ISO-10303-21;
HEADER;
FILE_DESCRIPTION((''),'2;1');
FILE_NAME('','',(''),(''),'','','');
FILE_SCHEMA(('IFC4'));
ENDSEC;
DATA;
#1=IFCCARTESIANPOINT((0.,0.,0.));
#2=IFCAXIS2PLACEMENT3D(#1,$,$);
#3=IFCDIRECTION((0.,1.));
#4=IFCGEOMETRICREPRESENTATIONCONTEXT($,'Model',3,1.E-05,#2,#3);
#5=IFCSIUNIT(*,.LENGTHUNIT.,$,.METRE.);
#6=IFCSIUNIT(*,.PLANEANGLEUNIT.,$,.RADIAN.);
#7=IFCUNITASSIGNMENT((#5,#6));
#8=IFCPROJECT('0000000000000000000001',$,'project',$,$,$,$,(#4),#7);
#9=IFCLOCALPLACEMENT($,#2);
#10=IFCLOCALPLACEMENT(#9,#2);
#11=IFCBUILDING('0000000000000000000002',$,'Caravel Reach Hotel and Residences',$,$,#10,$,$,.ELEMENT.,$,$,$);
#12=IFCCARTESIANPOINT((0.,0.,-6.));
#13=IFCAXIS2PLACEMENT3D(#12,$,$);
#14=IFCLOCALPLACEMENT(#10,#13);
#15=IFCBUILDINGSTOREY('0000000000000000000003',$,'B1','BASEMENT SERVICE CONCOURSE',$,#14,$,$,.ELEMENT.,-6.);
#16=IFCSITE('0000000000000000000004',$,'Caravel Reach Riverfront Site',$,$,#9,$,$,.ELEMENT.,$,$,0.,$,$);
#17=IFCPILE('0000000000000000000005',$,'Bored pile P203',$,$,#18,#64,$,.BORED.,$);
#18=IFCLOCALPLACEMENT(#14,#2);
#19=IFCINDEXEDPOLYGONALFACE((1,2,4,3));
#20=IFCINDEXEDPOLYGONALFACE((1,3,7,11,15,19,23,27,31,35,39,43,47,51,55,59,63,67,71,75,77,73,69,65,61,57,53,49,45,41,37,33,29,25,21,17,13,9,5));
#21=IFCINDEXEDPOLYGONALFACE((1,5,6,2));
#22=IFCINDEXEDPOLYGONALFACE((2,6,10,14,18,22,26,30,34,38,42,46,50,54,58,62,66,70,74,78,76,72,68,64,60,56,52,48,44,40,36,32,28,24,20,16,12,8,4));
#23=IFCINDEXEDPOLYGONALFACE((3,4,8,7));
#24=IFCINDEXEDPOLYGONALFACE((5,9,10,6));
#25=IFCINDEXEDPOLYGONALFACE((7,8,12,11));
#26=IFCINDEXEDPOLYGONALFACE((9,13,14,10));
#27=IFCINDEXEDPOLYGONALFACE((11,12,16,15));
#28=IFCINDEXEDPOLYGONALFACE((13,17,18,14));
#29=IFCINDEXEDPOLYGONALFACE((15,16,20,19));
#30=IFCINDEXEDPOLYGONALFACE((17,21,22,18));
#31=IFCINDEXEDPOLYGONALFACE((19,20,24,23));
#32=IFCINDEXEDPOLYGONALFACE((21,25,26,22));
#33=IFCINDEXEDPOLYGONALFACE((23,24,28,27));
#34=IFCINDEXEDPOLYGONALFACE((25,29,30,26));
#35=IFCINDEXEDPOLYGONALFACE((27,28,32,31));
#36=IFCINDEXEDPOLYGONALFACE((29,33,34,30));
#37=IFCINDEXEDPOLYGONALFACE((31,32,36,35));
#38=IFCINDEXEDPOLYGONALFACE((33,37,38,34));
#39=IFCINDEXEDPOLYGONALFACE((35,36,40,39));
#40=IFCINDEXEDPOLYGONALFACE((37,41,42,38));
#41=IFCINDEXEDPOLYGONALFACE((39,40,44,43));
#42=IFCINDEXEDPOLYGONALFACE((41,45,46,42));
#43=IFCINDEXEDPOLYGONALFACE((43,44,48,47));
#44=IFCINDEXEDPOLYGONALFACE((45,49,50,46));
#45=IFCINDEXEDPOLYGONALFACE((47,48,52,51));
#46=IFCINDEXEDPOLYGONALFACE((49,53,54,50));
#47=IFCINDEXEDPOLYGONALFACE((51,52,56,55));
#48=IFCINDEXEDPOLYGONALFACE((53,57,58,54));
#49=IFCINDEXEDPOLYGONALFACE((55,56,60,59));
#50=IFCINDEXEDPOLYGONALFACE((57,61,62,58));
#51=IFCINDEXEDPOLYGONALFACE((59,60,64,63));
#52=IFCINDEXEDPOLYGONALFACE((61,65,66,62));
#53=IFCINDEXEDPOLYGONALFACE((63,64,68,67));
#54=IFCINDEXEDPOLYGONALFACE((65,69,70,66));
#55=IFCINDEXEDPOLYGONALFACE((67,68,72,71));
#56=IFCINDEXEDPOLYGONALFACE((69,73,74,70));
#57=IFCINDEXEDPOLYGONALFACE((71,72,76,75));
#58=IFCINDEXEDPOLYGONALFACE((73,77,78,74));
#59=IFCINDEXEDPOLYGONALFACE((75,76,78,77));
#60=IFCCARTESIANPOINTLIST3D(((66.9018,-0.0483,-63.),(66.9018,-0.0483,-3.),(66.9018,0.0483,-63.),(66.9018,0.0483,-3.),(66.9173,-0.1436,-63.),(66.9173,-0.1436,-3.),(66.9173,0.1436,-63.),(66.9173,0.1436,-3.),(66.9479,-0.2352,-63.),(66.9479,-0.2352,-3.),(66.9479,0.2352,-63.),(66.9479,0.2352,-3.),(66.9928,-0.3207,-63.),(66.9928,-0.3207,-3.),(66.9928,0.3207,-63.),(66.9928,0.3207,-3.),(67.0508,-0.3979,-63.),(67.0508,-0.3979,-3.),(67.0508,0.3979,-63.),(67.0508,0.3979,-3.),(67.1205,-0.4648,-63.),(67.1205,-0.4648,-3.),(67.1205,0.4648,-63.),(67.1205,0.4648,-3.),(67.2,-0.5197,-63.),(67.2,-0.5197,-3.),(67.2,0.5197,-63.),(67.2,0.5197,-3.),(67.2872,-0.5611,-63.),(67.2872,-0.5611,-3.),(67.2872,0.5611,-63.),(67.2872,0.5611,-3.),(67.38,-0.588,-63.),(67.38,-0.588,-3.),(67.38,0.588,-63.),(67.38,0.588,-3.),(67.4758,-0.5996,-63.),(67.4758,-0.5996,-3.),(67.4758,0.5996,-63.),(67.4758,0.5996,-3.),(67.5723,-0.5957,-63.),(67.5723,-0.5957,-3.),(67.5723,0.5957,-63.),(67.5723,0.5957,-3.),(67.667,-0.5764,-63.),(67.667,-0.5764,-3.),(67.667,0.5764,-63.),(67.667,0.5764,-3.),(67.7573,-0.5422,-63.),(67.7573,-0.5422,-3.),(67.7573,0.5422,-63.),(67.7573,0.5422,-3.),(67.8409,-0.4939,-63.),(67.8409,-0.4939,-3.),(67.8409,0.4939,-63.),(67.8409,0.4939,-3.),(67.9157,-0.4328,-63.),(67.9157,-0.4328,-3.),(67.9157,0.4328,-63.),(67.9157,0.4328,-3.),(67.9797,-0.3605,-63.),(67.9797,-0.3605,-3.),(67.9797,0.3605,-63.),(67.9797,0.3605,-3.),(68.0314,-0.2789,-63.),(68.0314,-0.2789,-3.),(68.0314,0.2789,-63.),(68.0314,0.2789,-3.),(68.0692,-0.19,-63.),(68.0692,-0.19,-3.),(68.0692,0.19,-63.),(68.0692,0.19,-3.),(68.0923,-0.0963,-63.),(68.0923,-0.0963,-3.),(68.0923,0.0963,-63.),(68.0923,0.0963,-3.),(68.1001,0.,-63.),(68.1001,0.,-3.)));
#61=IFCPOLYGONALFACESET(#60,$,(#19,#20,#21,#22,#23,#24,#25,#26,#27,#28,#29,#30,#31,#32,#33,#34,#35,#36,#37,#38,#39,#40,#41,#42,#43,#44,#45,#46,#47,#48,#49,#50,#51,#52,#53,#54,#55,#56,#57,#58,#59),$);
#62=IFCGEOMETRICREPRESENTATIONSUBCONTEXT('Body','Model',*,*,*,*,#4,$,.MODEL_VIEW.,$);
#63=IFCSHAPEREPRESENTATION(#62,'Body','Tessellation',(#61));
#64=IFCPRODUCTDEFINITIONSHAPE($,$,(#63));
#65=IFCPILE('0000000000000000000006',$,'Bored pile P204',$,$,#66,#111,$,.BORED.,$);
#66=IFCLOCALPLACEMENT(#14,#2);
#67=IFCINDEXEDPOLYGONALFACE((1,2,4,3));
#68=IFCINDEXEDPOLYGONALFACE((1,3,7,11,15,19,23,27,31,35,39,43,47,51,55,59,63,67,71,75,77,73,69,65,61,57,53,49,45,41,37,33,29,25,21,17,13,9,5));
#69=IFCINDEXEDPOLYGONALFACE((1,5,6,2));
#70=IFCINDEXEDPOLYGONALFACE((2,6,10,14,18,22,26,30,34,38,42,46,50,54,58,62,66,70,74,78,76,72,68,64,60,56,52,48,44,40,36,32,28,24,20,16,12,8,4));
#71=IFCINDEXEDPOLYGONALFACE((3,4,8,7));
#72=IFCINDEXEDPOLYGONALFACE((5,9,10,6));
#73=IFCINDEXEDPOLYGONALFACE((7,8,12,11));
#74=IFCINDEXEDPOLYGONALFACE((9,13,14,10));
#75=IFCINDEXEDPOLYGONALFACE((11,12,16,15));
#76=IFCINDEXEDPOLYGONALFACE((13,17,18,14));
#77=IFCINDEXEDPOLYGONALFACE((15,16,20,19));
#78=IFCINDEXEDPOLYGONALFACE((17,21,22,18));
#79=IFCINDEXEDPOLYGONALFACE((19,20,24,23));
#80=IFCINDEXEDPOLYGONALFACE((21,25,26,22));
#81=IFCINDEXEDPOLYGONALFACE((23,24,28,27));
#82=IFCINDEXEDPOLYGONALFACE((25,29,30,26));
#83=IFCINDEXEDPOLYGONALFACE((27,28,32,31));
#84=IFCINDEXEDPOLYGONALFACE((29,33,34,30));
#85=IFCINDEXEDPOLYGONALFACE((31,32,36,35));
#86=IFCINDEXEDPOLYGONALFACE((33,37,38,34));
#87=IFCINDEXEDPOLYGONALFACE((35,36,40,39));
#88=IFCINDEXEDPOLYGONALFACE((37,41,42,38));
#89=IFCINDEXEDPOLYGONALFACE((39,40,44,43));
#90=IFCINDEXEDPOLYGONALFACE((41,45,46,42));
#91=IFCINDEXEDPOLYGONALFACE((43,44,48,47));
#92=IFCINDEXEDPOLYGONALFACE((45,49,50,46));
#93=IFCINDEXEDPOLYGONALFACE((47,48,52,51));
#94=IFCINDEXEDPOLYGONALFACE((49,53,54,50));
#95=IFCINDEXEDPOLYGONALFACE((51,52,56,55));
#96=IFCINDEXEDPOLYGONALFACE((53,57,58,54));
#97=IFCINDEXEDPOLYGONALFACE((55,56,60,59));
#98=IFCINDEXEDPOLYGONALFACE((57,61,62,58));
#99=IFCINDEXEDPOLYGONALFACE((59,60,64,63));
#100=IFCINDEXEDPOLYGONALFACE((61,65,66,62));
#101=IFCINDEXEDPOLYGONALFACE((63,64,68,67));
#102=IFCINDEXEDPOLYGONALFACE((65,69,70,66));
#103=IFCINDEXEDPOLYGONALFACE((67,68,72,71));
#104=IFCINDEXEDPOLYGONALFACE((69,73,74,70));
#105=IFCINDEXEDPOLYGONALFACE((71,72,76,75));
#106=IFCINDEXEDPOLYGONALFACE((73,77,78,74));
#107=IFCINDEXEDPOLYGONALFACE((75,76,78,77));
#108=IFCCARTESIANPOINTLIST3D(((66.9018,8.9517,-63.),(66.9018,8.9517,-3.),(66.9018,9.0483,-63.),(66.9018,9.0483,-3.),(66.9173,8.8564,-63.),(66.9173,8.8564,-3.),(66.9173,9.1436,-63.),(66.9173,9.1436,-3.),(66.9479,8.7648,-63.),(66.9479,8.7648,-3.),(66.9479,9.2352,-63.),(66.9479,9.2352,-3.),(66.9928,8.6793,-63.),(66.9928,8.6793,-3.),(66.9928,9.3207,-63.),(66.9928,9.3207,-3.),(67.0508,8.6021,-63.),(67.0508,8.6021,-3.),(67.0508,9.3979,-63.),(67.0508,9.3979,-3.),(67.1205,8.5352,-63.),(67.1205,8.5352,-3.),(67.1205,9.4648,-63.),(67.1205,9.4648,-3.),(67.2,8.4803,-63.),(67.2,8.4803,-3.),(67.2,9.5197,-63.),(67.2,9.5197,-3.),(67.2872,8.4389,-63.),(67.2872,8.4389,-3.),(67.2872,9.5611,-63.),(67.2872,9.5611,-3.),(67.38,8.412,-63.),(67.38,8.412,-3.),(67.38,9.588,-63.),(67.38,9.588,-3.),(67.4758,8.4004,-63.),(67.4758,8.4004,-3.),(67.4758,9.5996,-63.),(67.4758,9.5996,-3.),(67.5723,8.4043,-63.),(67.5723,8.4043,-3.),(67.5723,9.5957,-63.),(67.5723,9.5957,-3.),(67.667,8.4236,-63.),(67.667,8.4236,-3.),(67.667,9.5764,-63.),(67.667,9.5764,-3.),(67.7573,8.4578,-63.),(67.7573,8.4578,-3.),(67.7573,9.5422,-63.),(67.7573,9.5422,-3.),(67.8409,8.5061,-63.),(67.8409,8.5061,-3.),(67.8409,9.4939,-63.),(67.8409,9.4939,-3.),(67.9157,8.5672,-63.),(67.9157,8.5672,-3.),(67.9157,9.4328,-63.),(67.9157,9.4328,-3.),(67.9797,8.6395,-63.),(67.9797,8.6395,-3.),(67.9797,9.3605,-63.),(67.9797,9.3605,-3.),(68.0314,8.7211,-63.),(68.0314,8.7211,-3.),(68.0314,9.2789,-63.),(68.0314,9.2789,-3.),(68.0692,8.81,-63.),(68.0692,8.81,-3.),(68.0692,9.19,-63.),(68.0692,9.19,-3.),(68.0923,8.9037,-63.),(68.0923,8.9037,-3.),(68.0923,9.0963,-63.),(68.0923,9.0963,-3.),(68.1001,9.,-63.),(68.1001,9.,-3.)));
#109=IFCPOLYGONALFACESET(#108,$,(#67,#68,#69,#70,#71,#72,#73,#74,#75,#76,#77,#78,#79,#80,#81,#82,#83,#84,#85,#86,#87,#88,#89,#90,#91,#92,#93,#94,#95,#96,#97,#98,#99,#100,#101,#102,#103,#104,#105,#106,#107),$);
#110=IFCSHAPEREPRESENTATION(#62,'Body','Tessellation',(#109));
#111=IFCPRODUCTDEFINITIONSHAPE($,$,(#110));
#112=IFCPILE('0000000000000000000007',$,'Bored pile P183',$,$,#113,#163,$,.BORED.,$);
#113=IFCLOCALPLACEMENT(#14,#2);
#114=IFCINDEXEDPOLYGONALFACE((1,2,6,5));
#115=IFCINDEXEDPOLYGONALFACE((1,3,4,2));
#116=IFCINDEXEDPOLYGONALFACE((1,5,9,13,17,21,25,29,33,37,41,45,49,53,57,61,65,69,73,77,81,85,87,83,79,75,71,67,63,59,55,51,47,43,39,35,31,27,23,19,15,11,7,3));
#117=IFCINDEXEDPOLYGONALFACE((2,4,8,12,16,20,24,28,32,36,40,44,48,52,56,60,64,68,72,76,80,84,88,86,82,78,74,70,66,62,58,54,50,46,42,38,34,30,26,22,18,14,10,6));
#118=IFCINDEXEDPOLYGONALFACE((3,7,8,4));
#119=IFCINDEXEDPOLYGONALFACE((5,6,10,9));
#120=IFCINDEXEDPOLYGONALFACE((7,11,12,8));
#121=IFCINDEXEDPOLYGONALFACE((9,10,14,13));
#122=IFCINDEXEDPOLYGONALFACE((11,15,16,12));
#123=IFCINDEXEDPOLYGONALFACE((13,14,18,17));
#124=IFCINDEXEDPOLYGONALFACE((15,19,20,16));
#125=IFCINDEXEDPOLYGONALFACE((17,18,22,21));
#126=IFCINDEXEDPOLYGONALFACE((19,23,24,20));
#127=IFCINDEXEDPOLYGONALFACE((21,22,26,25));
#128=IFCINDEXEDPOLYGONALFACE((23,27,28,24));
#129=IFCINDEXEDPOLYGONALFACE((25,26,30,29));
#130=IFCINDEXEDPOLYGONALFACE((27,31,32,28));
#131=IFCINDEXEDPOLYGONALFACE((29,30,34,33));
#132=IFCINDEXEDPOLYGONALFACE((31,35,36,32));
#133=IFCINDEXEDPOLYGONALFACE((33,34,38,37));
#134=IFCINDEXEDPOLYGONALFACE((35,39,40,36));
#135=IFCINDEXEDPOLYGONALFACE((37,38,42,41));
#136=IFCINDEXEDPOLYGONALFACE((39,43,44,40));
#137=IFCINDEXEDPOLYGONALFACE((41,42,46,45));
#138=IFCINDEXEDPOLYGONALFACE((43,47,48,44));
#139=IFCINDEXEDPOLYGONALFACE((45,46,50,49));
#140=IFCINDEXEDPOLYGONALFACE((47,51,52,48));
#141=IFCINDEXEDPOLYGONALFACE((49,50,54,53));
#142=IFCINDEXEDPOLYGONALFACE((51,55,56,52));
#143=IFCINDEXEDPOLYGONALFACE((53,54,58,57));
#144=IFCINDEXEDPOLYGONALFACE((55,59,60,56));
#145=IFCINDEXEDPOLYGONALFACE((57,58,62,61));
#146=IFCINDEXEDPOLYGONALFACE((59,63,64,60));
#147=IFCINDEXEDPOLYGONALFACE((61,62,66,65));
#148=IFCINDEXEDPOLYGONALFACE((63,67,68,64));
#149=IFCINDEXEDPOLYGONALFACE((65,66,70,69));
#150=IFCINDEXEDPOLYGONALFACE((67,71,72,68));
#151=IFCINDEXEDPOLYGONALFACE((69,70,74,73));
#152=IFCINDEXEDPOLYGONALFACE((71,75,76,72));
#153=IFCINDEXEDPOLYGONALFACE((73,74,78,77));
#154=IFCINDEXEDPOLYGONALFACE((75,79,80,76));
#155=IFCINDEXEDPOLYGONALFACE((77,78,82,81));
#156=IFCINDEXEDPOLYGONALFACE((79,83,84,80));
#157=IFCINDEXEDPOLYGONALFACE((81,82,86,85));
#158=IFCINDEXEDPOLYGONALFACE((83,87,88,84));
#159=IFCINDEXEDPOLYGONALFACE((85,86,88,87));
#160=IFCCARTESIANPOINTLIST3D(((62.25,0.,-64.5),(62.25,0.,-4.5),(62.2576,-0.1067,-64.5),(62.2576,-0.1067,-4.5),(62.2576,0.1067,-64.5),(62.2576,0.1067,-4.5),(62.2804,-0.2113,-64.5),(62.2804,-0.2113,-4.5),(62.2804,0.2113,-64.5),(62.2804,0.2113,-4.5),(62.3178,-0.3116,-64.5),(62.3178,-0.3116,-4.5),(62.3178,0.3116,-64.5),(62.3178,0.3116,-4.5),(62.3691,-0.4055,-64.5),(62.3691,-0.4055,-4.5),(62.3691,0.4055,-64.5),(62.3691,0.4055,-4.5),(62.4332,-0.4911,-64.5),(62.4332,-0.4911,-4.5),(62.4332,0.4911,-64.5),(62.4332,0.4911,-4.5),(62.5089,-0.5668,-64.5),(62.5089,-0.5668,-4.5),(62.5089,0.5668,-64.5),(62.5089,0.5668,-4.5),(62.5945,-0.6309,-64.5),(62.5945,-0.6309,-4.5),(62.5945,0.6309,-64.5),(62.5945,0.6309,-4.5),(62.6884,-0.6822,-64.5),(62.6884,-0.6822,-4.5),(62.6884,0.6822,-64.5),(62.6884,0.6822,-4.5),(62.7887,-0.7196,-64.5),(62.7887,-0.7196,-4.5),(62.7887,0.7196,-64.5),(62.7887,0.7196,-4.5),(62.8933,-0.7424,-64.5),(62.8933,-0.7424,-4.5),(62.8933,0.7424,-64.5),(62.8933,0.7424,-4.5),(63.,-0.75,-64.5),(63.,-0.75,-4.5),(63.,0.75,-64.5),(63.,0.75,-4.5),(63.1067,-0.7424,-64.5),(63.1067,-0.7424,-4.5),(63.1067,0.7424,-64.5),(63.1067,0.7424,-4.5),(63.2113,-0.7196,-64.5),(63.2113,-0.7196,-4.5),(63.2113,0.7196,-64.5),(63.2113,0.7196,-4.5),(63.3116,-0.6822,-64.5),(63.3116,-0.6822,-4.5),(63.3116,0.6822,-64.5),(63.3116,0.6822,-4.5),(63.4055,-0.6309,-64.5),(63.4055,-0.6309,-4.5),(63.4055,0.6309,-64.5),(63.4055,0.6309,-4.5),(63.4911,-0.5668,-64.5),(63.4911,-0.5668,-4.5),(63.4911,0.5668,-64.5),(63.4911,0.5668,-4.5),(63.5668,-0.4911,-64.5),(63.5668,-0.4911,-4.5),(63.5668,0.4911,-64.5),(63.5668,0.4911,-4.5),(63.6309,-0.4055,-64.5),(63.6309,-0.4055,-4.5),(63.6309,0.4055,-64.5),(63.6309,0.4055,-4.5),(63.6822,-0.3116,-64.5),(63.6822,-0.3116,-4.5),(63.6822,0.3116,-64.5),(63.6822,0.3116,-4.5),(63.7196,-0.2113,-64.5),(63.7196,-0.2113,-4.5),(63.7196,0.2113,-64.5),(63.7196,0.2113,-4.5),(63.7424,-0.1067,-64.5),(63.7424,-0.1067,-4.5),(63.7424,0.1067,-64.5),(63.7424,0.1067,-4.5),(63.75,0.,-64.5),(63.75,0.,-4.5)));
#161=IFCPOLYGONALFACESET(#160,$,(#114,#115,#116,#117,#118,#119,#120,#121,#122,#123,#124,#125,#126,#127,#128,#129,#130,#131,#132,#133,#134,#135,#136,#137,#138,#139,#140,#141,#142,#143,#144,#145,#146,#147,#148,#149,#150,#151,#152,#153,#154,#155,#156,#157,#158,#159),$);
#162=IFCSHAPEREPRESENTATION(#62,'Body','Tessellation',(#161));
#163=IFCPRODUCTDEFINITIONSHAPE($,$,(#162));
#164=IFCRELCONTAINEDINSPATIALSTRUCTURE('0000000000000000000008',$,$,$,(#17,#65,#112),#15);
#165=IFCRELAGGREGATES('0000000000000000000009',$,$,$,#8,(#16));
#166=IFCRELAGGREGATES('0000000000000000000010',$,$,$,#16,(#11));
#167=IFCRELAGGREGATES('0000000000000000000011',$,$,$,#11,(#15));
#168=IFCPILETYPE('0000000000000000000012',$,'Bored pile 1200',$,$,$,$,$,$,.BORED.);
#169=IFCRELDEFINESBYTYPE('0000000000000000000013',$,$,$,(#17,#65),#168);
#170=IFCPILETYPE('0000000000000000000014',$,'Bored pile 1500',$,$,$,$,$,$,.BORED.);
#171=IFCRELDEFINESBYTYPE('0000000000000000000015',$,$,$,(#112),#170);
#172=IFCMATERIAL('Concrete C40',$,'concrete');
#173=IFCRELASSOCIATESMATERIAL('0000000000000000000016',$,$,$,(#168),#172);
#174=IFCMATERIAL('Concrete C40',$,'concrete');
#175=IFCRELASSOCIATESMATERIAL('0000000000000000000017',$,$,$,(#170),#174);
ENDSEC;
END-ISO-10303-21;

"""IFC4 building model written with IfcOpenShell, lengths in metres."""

from ifc_helpers import new_model, si_unit, direction, frame, origin, origin_2d, place, context, subcontext, project, spatial, circle, extrude, material, material_profile, profile_set, type_object, element, save


model = new_model("IFC4")

# Units and contexts
model_context = context("Model", 3, precision=1e-05, world=origin(), true_north=direction((0.0, 1.0)))
body_context = subcontext(model_context, "Body", "Model", "MODEL_VIEW")
ifc_project = project(units=[si_unit("LENGTHUNIT", "METRE"), si_unit("PLANEANGLEUNIT", "RADIAN")], contexts=[model_context])

# Site, building, storey
site_placement = place(None, origin())
site = spatial("IfcSite", under=ifc_project, at=site_placement, Name="Caravel Reach Riverfront Site", CompositionType="ELEMENT", RefElevation=0.0)
building_placement = place(site_placement, origin())
building = spatial("IfcBuilding", under=site, at=building_placement, Name="Caravel Reach Hotel and Residences", CompositionType="ELEMENT")
storey_placement = place(building_placement, frame((0.0, 0.0, -6.0)))
storey = spatial("IfcBuildingStorey", under=building, at=storey_placement, Name="B1", Description="BASEMENT SERVICE CONCOURSE", CompositionType="ELEMENT", Elevation=-6.0)

# Piles
ifc_material_1 = material(Name="Concrete C40", Category="concrete")
ifc_material_profile_1 = material_profile(ifc_material_1, circle(Radius=0.6001, at=origin_2d()), Name="PILE 1200")
ifc_profile_set_1 = profile_set([ifc_material_profile_1], Name="Concrete C40")
pile_type_1 = type_object("IfcPileType", Name="Bored pile 1200", PredefinedType="BORED", material=ifc_profile_set_1)
for number, where, z_axis, x_axis, name in (
    (1, (67.5, 0.0, -3.0), (0.0, 0.0, -1.0), (1.0, 0.0, 0.0), "Bored pile P203"),
    (2, (67.5, 9.0, -3.0), (0.0, 0.0, -1.0), (1.0, 0.0, 0.0), "Bored pile P204"),
):
    element("IfcPile", number, at=place(storey_placement, frame(where, z_axis=z_axis, x_axis=x_axis)), inside=storey, type_object=pile_type_1, Name=name, PredefinedType="BORED", context=body_context, shape_type="SweptSolid", body=[
        extrude(circle(Radius=0.6001, at=origin_2d()), origin(), (0.0, 0.0, 1.0), 60.0),
    ])
ifc_material_2 = material(Name="Concrete C40", Category="concrete")
ifc_material_profile_2 = material_profile(ifc_material_2, circle(Radius=0.75, at=origin_2d()), Name="PILE 1500")
ifc_profile_set_2 = profile_set([ifc_material_profile_2], Name="Concrete C40")
pile_type_2 = type_object("IfcPileType", Name="Bored pile 1500", PredefinedType="BORED", material=ifc_profile_set_2)
for number, where, z_axis, x_axis, name in (
    (3, (63.0, 0.0, -4.5), (0.0, 0.0, -1.0), (1.0, 0.0, 0.0), "Bored pile P183"),
):
    element("IfcPile", number, at=place(storey_placement, frame(where, z_axis=z_axis, x_axis=x_axis)), inside=storey, type_object=pile_type_2, Name=name, PredefinedType="BORED", context=body_context, shape_type="SweptSolid", body=[
        extrude(circle(Radius=0.75, at=origin_2d()), origin(), (0.0, 0.0, 1.0), 60.0),
    ])

save(model, "model.ifc")
